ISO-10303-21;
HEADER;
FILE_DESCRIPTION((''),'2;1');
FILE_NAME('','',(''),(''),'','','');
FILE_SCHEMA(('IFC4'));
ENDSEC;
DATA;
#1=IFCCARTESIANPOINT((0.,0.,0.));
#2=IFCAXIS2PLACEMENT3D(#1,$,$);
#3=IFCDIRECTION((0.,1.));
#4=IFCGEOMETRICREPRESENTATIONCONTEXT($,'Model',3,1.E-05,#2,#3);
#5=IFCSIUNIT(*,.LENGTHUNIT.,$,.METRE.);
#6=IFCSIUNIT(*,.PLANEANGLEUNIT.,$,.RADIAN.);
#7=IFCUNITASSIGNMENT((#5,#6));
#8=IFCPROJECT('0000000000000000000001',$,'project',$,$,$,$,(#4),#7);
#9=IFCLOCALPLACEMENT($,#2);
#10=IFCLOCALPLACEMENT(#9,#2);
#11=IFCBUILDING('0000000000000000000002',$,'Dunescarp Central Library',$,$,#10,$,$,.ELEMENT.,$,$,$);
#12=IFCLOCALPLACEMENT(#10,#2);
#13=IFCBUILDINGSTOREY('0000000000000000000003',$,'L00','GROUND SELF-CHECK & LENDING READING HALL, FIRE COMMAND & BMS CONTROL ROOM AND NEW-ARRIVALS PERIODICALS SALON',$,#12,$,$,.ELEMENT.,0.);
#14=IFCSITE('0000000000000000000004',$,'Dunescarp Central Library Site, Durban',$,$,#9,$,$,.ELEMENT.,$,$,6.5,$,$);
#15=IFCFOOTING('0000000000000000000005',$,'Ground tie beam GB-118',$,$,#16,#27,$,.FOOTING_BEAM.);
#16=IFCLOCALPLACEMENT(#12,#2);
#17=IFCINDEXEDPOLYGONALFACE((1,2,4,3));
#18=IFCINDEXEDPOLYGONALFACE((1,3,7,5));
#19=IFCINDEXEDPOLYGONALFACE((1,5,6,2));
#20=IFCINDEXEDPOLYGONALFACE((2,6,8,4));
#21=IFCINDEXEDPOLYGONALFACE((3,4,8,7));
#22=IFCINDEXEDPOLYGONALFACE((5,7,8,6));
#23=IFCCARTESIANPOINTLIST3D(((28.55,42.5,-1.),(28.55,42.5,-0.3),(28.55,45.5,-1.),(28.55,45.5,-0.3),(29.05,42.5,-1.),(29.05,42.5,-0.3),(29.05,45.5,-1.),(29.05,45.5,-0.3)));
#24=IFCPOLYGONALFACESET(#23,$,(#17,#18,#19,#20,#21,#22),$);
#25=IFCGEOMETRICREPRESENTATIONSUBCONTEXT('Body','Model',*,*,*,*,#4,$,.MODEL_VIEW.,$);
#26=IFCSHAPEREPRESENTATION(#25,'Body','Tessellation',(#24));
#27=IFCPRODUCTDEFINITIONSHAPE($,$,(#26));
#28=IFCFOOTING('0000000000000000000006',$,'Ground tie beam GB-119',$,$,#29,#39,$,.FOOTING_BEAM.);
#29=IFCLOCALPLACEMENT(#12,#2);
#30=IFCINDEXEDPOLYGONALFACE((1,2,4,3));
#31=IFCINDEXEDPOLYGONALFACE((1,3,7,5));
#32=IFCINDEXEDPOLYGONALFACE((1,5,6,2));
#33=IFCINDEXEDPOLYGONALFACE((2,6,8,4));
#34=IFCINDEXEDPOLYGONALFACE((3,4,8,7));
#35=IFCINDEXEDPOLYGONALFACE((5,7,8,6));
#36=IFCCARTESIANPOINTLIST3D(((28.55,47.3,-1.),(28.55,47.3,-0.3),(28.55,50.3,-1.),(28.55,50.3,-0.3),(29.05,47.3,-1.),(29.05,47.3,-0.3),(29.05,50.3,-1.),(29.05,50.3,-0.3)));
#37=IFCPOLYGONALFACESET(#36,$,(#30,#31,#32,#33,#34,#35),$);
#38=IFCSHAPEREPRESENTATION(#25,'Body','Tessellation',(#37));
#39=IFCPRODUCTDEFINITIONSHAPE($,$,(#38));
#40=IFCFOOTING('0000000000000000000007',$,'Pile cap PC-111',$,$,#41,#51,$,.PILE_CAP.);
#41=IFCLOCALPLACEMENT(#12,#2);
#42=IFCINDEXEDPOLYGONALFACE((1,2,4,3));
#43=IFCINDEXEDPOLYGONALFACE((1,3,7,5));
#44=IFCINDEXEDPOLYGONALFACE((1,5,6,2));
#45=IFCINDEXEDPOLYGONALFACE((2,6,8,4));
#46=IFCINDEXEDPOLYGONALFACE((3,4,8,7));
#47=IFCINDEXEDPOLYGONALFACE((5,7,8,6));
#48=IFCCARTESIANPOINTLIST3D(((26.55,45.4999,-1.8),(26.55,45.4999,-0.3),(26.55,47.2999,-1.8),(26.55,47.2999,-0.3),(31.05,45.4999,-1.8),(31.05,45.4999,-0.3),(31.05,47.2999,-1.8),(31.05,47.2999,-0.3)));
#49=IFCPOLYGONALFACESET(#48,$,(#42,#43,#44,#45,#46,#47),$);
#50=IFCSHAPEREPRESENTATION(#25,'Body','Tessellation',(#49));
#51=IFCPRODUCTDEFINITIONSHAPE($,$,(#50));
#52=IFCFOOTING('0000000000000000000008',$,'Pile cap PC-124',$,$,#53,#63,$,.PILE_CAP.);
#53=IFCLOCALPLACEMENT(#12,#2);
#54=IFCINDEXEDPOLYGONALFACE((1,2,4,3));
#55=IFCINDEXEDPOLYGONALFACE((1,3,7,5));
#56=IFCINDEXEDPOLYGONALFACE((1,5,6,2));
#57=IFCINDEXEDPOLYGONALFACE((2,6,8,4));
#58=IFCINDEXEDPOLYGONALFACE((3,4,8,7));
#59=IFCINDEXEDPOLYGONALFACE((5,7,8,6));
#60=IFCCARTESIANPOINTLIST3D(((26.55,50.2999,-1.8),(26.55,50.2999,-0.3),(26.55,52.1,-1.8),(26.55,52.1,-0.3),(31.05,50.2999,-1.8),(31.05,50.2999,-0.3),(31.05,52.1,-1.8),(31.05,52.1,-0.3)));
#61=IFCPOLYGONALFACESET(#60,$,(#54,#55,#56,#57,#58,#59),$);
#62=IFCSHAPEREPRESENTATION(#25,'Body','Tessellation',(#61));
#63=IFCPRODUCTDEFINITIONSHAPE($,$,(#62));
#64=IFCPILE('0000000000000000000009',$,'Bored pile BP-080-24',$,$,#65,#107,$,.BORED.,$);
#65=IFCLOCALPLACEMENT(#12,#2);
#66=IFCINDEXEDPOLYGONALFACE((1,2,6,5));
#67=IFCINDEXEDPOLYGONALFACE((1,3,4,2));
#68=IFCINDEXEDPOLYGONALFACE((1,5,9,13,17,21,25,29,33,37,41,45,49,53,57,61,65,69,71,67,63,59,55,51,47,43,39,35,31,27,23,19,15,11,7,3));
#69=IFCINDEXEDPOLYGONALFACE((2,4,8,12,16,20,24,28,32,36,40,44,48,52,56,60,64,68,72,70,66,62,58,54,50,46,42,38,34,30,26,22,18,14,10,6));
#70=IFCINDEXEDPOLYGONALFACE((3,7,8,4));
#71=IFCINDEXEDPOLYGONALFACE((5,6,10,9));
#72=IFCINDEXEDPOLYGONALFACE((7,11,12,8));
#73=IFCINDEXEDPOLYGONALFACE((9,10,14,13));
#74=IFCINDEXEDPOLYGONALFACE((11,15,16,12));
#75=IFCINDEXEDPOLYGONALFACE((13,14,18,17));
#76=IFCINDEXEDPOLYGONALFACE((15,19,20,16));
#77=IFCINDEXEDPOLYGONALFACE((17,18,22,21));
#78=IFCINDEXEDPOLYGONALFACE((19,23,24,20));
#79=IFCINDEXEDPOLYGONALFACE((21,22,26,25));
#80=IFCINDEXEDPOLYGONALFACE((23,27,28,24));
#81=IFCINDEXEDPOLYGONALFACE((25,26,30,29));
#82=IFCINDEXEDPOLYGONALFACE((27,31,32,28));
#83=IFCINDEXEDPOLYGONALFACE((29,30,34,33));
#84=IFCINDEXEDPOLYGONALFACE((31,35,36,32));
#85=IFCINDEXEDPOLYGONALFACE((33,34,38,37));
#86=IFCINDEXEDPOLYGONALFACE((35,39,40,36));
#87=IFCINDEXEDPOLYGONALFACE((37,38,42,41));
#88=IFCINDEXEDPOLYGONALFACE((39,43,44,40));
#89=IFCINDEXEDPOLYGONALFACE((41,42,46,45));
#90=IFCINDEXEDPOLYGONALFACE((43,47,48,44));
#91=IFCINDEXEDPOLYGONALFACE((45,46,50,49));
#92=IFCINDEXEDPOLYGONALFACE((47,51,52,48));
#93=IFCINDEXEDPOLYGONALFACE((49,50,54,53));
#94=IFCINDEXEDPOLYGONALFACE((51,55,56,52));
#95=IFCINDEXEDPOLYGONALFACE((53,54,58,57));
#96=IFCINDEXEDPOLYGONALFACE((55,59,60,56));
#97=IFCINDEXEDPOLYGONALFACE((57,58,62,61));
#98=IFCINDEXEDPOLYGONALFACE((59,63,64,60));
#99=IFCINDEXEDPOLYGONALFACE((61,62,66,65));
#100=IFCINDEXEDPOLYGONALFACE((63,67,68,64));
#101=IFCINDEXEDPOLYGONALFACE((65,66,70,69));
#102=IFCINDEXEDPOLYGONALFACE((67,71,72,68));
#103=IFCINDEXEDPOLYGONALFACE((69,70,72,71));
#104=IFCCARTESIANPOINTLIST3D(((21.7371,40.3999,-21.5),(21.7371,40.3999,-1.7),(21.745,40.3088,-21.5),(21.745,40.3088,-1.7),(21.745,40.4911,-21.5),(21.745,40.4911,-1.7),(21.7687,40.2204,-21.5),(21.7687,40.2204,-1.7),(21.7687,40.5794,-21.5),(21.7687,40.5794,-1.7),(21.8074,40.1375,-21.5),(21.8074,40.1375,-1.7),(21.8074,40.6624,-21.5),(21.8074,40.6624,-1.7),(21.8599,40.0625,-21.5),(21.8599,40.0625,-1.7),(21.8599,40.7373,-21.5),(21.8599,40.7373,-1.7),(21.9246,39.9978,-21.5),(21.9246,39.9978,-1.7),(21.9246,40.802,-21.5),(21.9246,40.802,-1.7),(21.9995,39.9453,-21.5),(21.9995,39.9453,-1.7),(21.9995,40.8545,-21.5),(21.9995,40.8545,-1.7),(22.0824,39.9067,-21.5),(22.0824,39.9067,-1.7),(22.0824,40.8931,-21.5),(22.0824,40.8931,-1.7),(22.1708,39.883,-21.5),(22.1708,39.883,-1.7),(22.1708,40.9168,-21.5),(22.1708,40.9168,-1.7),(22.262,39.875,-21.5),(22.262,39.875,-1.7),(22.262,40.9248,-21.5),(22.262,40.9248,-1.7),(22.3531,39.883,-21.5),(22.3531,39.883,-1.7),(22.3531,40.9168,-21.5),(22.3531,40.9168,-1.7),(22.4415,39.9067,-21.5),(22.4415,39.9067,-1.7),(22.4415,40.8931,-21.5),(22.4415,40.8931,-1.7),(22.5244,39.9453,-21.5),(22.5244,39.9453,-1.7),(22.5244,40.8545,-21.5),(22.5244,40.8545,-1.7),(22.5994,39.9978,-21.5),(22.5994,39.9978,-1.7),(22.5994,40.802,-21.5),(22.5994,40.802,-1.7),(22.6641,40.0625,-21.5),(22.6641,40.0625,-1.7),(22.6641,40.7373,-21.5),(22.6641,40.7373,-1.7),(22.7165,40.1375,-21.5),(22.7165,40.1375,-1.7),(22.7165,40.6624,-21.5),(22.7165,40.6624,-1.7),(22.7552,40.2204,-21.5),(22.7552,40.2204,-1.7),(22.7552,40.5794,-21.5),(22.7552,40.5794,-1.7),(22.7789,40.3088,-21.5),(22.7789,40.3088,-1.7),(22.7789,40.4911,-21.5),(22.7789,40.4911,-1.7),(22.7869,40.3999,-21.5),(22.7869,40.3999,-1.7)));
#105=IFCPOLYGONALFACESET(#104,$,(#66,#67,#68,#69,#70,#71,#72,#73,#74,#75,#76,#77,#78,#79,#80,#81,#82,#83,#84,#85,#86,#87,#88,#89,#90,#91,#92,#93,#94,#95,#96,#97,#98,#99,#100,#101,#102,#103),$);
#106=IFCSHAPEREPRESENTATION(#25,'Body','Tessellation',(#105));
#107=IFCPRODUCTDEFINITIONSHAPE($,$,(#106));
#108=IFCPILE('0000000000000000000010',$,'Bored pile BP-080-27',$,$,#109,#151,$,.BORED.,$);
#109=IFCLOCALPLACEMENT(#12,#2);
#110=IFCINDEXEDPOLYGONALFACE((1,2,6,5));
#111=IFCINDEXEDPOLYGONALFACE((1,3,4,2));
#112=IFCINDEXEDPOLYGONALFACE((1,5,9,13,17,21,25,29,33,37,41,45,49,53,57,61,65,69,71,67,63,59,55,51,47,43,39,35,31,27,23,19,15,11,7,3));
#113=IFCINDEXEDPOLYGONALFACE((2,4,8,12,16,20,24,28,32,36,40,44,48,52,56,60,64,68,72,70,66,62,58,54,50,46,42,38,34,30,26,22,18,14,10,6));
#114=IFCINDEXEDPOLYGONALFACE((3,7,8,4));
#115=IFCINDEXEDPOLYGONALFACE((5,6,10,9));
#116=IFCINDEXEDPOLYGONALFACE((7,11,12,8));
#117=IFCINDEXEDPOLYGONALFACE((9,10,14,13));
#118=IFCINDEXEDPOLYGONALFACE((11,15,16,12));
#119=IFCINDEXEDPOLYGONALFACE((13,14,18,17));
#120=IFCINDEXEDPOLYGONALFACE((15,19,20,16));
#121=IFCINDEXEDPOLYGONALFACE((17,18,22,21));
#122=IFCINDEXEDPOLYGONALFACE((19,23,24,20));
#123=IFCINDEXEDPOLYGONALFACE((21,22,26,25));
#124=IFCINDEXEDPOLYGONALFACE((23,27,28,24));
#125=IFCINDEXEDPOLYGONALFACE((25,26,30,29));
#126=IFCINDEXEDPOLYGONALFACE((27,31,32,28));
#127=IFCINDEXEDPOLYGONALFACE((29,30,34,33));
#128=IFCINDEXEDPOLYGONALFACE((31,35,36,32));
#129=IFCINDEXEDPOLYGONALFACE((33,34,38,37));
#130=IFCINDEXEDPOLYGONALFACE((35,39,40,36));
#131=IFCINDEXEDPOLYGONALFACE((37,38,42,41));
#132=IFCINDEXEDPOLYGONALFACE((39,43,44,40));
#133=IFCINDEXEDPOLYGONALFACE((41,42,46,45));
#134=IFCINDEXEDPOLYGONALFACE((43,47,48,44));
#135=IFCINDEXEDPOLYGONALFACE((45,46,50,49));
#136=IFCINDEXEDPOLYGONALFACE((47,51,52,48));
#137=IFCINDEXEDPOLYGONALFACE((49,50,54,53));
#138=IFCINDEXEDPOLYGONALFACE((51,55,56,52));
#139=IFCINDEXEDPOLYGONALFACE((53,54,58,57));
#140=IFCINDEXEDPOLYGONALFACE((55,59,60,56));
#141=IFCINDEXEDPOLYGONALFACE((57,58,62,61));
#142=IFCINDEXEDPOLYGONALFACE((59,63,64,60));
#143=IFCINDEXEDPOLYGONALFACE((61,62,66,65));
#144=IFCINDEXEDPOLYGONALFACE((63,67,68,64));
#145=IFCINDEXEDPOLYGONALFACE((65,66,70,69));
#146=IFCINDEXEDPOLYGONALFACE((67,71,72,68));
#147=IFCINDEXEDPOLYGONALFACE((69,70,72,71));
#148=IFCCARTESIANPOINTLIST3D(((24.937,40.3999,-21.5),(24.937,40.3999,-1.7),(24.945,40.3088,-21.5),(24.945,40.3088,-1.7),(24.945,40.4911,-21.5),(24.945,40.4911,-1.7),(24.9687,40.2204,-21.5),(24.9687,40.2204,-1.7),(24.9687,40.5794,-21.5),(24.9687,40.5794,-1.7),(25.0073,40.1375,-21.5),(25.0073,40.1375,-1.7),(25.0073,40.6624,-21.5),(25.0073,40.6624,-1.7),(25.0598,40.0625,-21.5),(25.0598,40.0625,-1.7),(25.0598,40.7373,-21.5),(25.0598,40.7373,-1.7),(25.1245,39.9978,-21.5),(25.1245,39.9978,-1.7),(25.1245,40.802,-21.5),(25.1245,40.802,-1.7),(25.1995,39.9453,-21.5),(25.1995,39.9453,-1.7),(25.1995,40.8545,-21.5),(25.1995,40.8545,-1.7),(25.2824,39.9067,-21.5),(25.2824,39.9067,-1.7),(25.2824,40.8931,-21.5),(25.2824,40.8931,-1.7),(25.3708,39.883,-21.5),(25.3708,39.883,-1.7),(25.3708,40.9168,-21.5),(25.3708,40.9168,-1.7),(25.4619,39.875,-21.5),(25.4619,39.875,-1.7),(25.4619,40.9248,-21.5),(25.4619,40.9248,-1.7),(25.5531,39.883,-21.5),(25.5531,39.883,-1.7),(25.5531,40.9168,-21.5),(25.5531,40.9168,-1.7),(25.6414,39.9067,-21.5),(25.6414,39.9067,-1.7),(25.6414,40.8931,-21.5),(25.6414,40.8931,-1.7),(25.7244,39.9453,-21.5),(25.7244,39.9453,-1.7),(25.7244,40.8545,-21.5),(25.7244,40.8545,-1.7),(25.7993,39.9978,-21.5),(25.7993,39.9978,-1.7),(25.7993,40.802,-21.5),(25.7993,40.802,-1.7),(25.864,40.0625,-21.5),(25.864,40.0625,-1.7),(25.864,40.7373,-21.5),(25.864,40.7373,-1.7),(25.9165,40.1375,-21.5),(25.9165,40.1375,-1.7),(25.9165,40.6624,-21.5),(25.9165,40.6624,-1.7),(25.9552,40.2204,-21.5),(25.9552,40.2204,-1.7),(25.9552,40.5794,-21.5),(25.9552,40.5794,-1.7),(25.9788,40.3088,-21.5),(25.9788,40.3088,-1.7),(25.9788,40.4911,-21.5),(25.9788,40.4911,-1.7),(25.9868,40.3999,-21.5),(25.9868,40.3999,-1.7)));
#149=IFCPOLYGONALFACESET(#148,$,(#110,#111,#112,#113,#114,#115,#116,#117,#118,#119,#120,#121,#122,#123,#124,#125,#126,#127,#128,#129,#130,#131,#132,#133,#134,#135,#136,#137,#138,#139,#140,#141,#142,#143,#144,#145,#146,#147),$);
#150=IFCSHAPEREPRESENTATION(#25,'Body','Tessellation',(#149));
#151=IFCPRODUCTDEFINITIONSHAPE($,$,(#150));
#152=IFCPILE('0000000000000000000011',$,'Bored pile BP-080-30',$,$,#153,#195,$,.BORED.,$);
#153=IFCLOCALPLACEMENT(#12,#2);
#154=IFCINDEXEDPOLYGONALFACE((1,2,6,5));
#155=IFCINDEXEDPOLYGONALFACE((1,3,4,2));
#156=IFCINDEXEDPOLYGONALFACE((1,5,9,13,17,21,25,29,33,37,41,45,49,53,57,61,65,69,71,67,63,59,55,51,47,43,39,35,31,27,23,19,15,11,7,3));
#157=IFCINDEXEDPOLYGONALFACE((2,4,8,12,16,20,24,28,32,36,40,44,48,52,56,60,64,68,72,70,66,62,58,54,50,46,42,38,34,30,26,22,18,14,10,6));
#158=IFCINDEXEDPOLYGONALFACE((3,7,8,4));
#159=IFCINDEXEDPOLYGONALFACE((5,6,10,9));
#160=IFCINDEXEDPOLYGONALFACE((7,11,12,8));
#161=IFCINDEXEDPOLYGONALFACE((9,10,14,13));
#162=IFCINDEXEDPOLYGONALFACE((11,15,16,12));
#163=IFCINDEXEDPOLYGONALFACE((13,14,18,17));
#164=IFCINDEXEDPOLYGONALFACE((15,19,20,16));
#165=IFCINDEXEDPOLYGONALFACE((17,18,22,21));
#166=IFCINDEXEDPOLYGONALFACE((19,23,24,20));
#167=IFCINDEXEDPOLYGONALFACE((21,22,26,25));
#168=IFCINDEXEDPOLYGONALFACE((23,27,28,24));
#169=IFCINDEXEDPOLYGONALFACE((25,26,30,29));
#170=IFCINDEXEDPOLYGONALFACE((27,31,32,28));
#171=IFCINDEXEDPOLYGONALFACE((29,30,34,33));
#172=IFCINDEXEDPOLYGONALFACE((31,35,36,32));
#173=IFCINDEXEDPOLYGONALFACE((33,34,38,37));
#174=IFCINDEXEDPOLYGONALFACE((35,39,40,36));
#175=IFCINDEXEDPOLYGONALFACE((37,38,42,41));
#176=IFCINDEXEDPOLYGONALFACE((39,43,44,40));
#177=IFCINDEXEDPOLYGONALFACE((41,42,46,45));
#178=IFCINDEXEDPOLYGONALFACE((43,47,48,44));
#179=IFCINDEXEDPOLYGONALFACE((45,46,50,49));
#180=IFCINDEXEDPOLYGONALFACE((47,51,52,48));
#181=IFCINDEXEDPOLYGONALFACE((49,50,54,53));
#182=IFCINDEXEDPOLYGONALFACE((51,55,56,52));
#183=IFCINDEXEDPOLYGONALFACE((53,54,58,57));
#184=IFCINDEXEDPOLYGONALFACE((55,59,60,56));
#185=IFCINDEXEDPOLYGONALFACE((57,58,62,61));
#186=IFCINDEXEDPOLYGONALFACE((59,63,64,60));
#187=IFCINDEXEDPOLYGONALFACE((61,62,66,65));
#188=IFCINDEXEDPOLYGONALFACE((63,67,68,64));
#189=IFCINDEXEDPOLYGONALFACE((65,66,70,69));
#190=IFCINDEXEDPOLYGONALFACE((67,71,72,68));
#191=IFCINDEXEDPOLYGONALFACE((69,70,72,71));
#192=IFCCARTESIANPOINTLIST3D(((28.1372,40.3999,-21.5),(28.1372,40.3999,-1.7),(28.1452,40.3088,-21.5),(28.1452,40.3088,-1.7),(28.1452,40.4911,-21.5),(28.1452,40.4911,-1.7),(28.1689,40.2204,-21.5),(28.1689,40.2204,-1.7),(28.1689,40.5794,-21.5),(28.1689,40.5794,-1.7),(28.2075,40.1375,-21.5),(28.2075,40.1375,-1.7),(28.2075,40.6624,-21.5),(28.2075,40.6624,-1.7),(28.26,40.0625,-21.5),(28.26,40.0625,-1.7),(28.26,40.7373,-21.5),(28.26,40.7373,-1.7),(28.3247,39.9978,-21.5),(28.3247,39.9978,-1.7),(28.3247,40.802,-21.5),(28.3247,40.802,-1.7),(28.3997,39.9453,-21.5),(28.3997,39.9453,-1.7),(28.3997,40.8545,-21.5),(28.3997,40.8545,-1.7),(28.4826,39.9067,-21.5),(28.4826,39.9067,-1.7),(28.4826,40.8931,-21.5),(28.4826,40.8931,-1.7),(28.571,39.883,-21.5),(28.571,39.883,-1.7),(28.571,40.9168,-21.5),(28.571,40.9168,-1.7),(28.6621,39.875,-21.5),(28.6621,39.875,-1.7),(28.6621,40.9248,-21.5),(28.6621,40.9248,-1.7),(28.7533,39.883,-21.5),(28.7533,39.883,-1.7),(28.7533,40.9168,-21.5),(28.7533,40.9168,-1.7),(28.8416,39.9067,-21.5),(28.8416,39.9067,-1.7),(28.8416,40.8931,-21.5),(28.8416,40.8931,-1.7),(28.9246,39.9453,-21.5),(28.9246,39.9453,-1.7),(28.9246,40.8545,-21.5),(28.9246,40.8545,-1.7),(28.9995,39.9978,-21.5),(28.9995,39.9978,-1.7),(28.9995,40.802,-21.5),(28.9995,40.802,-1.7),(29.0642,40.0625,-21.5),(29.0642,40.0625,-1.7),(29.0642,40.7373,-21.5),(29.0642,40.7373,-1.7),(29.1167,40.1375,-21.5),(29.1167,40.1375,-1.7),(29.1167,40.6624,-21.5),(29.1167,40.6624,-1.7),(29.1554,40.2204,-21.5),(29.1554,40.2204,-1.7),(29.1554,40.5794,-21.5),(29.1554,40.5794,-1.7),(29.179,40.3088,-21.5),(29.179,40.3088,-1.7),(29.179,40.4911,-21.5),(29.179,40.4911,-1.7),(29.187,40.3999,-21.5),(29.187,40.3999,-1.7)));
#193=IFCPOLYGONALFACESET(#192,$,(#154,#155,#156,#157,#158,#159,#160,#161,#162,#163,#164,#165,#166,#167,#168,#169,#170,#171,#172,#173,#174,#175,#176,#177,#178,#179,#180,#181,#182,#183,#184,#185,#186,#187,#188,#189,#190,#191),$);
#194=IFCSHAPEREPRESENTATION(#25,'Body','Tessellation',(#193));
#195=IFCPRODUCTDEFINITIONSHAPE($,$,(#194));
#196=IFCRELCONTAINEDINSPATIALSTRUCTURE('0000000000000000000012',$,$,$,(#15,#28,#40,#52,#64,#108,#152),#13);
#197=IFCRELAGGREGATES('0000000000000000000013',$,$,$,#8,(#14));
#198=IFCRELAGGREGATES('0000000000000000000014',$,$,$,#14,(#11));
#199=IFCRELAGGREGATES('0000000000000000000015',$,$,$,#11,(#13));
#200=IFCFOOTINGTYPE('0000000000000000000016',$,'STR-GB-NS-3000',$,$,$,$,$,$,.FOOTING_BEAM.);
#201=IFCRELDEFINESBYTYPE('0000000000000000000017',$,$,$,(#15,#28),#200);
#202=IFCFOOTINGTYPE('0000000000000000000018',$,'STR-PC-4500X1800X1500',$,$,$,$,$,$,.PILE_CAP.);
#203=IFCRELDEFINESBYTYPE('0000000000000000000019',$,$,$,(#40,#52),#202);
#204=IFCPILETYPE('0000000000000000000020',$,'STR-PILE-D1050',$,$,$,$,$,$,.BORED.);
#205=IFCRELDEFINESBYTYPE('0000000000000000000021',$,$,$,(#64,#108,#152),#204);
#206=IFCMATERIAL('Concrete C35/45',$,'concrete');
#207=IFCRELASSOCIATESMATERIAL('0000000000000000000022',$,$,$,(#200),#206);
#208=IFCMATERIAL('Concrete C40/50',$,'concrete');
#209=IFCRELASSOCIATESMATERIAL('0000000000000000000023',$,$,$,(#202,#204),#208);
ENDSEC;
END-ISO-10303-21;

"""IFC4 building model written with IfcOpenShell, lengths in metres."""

from ifc_helpers import new_model, si_unit, direction, frame, origin, origin_2d, place, context, subcontext, project, spatial, rectangle, circle, extrude, material, material_profile, profile_set, type_object, element, save


model = new_model("IFC4")

# Units and contexts
model_context = context("Model", 3, precision=1e-05, world=origin(), true_north=direction((0.0, 1.0)))
body_context = subcontext(model_context, "Body", "Model", "MODEL_VIEW")
ifc_project = project(units=[si_unit("LENGTHUNIT", "METRE"), si_unit("PLANEANGLEUNIT", "RADIAN")], contexts=[model_context])

# Site, building, storey
site_placement = place(None, origin())
site = spatial("IfcSite", under=ifc_project, at=site_placement, Name="Dunescarp Central Library Site, Durban", CompositionType="ELEMENT", RefElevation=6.5)
building_placement = place(site_placement, origin())
building = spatial("IfcBuilding", under=site, at=building_placement, Name="Dunescarp Central Library", CompositionType="ELEMENT")
storey_placement = place(building_placement, origin())
storey = spatial("IfcBuildingStorey", under=building, at=storey_placement, Name="L00", Description="GROUND SELF-CHECK & LENDING READING HALL, FIRE COMMAND & BMS CONTROL ROOM AND NEW-ARRIVALS PERIODICALS SALON", CompositionType="ELEMENT", Elevation=0.0)

# Footings
ifc_material_1 = material(Name="Concrete C35/45", Category="concrete")
footing_type_1 = type_object("IfcFootingType", Name="STR-GB-NS-3000", PredefinedType="FOOTING_BEAM", material=ifc_material_1)
for number, where, z_axis, x_axis, name in (
    (1, (28.8, 44.0, -1.0), (0.0, 0.0, 1.0), (0.0, 1.0, 0.0), "Ground tie beam GB-118"),
    (2, (28.8, 48.8, -1.0), (0.0, 0.0, 1.0), (0.0, 1.0, 0.0), "Ground tie beam GB-119"),
):
    element("IfcFooting", number, at=place(storey_placement, frame(where, z_axis=z_axis, x_axis=x_axis)), inside=storey, type_object=footing_type_1, Name=name, PredefinedType="FOOTING_BEAM", context=body_context, shape_type="SweptSolid", body=[
        extrude(rectangle(XDim=3.0, YDim=0.5, at=origin_2d()), origin(), (0.0, 0.0, 1.0), 0.7),
    ])
ifc_material_2 = material(Name="Concrete C40/50", Category="concrete")
footing_type_2 = type_object("IfcFootingType", Name="STR-PC-4500X1800X1500", PredefinedType="PILE_CAP", material=ifc_material_2)
for number, where, z_axis, x_axis, name in (
    (3, (28.8, 46.3999, -1.8), (0.0, 0.0, 1.0), (1.0, 0.0, 0.0), "Pile cap PC-111"),
    (4, (28.8, 51.2, -1.8), (0.0, 0.0, 1.0), (1.0, 0.0, 0.0), "Pile cap PC-124"),
):
    element("IfcFooting", number, at=place(storey_placement, frame(where, z_axis=z_axis, x_axis=x_axis)), inside=storey, type_object=footing_type_2, Name=name, PredefinedType="PILE_CAP", context=body_context, shape_type="SweptSolid", body=[
        extrude(rectangle(XDim=4.5, YDim=1.8, at=origin_2d()), origin(), (0.0, 0.0, 1.0), 1.5),
    ])

# Piles
ifc_material_profile_1 = material_profile(ifc_material_2, circle(Radius=0.5249, at=origin_2d()), Name="PILE D1050")
ifc_profile_set_1 = profile_set([ifc_material_profile_1], Name="Concrete C40/50")
pile_type = type_object("IfcPileType", Name="STR-PILE-D1050", PredefinedType="BORED", material=ifc_profile_set_1)
for number, where, z_axis, x_axis, name in (
    (5, (22.262, 40.3999, -1.7), (0.0, 0.0, -1.0), (1.0, 0.0, 0.0), "Bored pile BP-080-24"),
    (6, (25.4619, 40.3999, -1.7), (0.0, 0.0, -1.0), (1.0, 0.0, 0.0), "Bored pile BP-080-27"),
    (7, (28.6621, 40.3999, -1.7), (0.0, 0.0, -1.0), (1.0, 0.0, 0.0), "Bored pile BP-080-30"),
):
    element("IfcPile", number, at=place(storey_placement, frame(where, z_axis=z_axis, x_axis=x_axis)), inside=storey, type_object=pile_type, Name=name, PredefinedType="BORED", context=body_context, shape_type="SweptSolid", body=[
        extrude(circle(Radius=0.5249, at=origin_2d()), origin(), (0.0, 0.0, 1.0), 19.8),
    ])

save(model, "model.ifc")
